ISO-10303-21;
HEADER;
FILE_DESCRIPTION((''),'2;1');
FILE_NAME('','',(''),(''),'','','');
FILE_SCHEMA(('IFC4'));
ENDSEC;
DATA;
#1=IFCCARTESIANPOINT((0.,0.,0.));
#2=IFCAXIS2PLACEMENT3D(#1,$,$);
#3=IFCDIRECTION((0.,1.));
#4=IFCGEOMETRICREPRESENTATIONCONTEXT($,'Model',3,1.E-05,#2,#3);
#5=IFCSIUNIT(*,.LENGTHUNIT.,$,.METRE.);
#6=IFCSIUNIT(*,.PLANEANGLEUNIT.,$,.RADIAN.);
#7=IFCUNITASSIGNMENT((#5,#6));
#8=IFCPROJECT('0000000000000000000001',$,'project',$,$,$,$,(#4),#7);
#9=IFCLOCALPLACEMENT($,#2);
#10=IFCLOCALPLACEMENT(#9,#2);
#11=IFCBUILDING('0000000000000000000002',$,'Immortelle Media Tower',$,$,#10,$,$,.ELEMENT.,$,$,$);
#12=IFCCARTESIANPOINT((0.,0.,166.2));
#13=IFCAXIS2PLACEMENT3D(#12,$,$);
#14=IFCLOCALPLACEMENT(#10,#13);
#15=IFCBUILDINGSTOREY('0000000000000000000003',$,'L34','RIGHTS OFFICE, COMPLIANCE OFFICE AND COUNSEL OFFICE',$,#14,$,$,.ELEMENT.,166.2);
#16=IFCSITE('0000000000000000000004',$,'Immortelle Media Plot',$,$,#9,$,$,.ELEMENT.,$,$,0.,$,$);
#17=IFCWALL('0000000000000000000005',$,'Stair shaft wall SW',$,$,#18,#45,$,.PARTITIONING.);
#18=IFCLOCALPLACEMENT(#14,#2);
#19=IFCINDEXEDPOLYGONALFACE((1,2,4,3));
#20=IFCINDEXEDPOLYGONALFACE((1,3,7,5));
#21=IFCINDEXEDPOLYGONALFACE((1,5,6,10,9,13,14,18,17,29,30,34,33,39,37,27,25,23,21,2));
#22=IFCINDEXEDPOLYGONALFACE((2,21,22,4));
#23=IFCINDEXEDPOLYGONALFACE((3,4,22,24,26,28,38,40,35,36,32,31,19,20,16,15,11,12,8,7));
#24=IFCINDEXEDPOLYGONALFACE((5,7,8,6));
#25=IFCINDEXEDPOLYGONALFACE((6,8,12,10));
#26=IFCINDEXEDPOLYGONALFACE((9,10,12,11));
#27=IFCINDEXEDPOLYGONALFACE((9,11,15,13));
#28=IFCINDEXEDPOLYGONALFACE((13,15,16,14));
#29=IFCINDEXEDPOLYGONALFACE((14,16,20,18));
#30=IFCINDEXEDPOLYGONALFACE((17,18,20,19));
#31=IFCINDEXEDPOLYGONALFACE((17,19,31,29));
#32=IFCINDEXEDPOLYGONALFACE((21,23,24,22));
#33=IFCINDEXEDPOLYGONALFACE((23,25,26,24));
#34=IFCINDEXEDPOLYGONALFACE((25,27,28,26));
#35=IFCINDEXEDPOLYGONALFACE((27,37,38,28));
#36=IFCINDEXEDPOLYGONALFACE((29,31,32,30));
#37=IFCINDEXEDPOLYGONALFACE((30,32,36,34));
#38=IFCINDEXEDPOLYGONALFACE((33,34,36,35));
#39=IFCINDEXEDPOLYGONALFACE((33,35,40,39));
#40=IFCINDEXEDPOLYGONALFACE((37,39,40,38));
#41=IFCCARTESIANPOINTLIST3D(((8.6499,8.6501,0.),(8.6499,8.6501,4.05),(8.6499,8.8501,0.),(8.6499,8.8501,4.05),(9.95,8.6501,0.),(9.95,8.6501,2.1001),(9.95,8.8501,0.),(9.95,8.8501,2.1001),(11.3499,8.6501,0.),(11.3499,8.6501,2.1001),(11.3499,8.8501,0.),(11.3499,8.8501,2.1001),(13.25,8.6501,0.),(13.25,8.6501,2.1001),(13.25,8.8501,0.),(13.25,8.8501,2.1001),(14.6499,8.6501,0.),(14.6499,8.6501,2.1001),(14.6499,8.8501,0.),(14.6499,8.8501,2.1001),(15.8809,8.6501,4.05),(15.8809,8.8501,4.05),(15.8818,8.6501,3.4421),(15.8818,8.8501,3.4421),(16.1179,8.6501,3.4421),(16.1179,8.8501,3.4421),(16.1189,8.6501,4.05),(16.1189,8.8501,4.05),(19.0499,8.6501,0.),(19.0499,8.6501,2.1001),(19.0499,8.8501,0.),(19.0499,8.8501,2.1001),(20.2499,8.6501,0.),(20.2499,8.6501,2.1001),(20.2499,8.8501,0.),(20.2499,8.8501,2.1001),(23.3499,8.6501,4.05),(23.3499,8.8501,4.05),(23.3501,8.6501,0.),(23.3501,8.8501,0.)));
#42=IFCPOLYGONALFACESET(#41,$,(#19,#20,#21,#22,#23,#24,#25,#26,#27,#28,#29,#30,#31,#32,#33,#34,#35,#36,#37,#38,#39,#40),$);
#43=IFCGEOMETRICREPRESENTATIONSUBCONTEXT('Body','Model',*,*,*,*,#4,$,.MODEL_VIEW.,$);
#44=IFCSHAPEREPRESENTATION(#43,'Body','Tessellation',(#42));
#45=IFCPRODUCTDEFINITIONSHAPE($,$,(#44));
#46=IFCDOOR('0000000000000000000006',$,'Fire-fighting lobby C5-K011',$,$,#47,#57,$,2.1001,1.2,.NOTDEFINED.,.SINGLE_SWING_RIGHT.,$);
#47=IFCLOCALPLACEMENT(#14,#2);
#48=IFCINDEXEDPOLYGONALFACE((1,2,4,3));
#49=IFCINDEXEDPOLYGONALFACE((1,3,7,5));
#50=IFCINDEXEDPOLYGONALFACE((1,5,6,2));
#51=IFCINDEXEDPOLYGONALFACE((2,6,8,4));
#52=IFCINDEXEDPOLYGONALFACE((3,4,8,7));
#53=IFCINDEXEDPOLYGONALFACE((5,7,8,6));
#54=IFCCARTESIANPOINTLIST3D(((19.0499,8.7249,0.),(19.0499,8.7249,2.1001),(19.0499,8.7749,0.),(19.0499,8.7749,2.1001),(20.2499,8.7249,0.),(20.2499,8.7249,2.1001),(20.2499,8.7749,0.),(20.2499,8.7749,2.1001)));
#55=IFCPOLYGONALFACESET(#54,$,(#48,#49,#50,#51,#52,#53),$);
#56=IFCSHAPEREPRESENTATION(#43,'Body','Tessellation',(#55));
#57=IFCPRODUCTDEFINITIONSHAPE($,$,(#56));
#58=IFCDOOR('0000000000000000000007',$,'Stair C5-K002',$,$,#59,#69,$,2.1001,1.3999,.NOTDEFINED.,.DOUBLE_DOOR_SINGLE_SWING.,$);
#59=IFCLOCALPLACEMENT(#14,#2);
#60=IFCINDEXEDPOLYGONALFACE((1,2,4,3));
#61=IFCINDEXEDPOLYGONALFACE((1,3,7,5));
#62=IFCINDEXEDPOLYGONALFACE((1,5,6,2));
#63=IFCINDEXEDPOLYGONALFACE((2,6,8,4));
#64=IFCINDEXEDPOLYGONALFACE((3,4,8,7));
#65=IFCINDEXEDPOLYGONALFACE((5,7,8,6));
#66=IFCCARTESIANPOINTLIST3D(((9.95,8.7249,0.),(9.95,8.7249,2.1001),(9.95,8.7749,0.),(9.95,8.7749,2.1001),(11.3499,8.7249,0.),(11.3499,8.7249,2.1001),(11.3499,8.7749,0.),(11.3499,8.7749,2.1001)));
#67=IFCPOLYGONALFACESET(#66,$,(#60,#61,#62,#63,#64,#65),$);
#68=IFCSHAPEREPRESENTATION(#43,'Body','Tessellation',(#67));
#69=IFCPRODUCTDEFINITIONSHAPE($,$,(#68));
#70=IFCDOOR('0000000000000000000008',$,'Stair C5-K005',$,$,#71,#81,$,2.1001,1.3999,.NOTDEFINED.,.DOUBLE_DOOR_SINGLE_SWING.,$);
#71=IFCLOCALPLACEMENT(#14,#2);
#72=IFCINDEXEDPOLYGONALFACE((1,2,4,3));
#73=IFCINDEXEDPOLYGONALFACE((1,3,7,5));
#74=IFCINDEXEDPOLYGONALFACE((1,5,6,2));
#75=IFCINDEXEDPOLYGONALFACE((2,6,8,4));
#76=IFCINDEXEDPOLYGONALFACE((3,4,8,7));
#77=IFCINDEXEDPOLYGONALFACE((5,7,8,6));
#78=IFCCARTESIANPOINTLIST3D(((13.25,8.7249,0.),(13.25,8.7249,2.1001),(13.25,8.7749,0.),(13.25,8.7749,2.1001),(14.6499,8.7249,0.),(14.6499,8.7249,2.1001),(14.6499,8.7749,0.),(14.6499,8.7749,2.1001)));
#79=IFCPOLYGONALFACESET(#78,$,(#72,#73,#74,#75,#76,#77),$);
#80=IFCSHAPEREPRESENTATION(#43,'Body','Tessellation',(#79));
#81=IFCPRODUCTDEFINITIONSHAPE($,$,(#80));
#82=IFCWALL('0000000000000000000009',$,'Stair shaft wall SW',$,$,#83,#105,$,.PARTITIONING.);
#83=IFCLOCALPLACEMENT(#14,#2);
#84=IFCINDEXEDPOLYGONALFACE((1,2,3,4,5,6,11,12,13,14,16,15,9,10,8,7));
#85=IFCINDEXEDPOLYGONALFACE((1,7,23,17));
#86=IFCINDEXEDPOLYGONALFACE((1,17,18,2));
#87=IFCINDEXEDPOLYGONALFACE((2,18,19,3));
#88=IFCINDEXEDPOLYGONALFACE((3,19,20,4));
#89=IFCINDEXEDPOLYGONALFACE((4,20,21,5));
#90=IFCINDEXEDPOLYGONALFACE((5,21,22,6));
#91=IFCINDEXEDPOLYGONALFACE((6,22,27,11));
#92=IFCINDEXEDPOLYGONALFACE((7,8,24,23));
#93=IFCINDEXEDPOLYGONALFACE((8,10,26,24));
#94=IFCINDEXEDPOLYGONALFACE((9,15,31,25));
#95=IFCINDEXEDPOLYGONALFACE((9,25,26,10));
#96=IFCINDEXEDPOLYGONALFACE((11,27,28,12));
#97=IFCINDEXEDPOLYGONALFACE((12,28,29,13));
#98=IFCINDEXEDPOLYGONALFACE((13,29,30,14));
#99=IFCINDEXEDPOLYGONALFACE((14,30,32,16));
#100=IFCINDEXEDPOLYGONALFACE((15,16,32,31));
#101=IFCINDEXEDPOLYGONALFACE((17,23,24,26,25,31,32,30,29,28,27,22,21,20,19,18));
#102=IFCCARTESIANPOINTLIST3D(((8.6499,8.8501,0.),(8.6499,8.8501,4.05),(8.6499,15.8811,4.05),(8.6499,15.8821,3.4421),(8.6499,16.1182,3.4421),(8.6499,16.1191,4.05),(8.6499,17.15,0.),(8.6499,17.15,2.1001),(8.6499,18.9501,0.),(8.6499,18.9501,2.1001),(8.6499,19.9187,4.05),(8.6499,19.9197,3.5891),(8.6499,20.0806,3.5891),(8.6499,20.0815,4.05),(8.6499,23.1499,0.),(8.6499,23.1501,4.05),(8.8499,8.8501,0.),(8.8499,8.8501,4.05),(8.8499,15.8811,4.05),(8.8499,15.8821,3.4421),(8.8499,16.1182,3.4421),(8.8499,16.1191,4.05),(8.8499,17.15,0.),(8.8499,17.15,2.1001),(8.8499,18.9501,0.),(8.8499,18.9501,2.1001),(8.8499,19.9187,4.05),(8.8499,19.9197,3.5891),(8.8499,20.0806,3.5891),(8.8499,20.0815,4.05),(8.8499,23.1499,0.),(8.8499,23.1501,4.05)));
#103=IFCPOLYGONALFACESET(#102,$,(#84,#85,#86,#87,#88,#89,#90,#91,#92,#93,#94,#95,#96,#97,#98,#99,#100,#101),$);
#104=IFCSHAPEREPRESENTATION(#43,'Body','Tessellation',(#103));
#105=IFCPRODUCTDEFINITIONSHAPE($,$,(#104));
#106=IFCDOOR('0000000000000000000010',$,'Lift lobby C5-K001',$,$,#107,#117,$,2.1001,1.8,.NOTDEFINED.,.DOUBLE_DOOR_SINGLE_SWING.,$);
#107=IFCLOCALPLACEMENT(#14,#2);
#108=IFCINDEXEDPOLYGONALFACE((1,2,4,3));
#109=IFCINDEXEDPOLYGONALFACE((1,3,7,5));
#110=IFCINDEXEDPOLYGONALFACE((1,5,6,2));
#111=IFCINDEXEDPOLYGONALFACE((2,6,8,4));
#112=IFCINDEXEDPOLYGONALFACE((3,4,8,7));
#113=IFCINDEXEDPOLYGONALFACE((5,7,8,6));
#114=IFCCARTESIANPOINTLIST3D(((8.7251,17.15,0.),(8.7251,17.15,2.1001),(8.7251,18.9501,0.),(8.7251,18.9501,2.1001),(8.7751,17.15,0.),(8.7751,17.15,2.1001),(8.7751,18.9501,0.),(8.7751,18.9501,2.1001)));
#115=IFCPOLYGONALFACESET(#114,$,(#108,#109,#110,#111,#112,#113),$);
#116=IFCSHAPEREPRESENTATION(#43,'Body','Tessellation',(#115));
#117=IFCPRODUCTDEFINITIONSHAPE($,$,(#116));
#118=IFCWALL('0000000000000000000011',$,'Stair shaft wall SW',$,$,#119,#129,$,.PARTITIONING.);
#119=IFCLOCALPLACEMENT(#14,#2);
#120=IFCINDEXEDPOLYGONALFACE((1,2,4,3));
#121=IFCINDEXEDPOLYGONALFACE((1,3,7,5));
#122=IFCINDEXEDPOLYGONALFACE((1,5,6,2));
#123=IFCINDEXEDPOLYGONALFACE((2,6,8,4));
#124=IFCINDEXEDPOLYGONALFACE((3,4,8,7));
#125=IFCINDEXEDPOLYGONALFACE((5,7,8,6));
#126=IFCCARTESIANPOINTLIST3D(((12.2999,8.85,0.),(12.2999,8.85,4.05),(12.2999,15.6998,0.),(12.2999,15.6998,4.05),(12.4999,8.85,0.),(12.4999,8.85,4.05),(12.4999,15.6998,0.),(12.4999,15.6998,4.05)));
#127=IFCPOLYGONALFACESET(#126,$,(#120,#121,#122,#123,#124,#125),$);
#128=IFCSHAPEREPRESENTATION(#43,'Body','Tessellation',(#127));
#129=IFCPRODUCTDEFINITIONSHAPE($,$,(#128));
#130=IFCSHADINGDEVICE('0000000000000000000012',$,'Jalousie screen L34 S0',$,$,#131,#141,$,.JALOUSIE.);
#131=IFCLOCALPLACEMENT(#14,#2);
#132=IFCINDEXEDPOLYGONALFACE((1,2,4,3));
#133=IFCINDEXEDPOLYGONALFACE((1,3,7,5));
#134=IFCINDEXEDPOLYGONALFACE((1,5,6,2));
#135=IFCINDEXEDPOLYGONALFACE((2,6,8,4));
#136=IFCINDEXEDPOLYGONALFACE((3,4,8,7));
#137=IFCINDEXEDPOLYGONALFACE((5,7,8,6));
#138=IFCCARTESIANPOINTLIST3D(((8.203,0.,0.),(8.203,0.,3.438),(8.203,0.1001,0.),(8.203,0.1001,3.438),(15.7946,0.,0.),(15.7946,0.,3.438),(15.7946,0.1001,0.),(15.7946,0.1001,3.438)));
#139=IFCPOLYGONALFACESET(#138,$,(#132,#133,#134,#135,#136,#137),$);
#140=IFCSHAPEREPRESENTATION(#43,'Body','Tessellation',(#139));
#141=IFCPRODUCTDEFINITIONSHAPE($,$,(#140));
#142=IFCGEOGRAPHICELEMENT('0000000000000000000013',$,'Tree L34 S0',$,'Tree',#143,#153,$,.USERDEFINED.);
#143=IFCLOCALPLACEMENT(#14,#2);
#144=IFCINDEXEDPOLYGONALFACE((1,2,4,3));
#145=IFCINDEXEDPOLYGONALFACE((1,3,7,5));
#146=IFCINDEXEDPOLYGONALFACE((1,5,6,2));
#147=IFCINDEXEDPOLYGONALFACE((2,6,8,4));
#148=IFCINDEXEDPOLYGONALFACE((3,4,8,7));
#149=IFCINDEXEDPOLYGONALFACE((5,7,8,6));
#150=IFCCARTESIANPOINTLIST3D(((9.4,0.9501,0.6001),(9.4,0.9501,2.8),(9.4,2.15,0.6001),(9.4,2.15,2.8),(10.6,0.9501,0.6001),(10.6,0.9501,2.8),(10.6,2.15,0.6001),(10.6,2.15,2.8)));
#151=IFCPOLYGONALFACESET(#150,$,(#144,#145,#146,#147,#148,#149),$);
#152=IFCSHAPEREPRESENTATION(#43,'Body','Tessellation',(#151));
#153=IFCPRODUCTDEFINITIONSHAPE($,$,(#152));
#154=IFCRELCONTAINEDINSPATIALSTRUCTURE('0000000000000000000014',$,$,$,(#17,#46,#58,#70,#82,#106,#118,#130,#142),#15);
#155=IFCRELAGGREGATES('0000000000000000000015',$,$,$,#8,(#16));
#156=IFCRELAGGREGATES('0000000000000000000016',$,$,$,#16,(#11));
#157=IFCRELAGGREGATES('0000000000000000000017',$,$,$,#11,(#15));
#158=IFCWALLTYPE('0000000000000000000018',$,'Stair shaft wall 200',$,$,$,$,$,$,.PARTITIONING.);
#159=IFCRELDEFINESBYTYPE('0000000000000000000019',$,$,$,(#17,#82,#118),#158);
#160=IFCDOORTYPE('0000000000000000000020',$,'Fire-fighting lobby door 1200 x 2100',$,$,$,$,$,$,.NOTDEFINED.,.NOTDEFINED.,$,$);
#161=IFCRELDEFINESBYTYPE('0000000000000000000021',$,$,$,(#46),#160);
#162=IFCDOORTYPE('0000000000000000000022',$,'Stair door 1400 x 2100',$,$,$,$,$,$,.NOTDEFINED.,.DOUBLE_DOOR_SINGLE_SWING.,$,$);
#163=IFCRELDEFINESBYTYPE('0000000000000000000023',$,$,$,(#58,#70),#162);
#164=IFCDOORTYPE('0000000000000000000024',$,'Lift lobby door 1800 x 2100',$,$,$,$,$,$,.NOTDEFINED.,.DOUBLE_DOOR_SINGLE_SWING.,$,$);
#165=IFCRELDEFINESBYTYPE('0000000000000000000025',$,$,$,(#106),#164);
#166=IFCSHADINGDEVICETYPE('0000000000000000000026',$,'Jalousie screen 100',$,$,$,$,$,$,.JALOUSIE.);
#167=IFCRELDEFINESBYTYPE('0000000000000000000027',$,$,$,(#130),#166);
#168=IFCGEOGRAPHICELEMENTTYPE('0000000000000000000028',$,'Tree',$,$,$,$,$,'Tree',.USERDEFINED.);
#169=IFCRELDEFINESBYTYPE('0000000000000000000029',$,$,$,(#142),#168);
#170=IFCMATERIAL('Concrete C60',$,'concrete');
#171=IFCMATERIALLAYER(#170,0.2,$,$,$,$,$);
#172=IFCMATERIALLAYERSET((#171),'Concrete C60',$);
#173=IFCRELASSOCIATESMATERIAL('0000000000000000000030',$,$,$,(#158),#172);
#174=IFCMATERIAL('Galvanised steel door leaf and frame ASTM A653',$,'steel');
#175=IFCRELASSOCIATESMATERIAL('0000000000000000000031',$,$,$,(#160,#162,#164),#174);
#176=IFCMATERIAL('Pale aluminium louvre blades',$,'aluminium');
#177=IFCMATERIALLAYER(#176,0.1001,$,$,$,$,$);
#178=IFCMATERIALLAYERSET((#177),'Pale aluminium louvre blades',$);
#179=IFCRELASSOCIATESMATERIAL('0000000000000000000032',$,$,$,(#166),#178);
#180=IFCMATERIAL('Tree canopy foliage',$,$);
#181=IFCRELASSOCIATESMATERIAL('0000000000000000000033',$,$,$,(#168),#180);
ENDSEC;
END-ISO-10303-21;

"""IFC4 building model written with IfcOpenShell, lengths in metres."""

from ifc_helpers import new_model, si_unit, direction, frame, frame_2d, origin, origin_2d, place, context, subcontext, project, spatial, polyline, rectangle, outline, extrude, material, layer, layer_set, type_object, element, fill, save


model = new_model("IFC4")

# Units and contexts
model_context = context("Model", 3, precision=1e-05, world=origin(), true_north=direction((0.0, 1.0)))
body_context = subcontext(model_context, "Body", "Model", "MODEL_VIEW")
ifc_project = project(units=[si_unit("LENGTHUNIT", "METRE"), si_unit("PLANEANGLEUNIT", "RADIAN")], contexts=[model_context])

# Site, building, storey
site_placement = place(None, origin())
site = spatial("IfcSite", under=ifc_project, at=site_placement, Name="Immortelle Media Plot", CompositionType="ELEMENT", RefElevation=0.0)
building_placement = place(site_placement, origin())
building = spatial("IfcBuilding", under=site, at=building_placement, Name="Immortelle Media Tower", CompositionType="ELEMENT")
storey_placement = place(building_placement, frame((0.0, 0.0, 166.2)))
storey = spatial("IfcBuildingStorey", under=building, at=storey_placement, Name="L34", Description="RIGHTS OFFICE, COMPLIANCE OFFICE AND COUNSEL OFFICE", CompositionType="ELEMENT", Elevation=166.2)

# Wall, openings, doors
ifc_material_1 = material(Name="Concrete C60", Category="concrete")
ifc_layer_1 = layer(ifc_material_1, 0.2)
ifc_layer_set_1 = layer_set([ifc_layer_1], Name="Concrete C60")
wall_type_1 = type_object("IfcWallType", Name="Stair shaft wall 200", PredefinedType="PARTITIONING", material=ifc_layer_set_1)
wall_1_placement = place(storey_placement, frame((8.6499, 8.75, 0.0), z_axis=(0.0, 0.0, 1.0), x_axis=(1.0, 0.0, 0.0)))
wall_1 = element("IfcWall", 1, at=wall_1_placement, inside=storey, type_object=wall_type_1, Name="Stair shaft wall SW", PredefinedType="PARTITIONING", context=body_context, shape_type="SweptSolid", body=[
    extrude(outline(polyline([(0.0, 0.0), (14.7002, 0.0), (14.7, 4.05), (7.469, 4.05), (7.468, 3.4421), (7.2319, 3.4421), (7.231, 4.05), (0.0, 4.05), (0.0, 0.0)])), frame((0.0, 0.1001, 0.0), z_axis=(0.0, -1.0, 0.0), x_axis=(1.0, 0.0, 0.0)), (0.0, 0.0, 1.0), 0.2),
])
opening_1_placement = place(wall_1_placement, frame((1.3, 0.0, 0.0)))
opening_1 = element("IfcOpeningElement", 2, at=opening_1_placement, cuts=wall_1, PredefinedType="OPENING", context=body_context, shape_type="SweptSolid", body=[
    extrude(rectangle(XDim=1.3999, YDim=2.1001, at=frame_2d((0.7, 1.05))), frame((0.0, 0.1099, 0.0), z_axis=(0.0, -1.0, 0.0), x_axis=(1.0, 0.0, 0.0)), (0.0, 0.0, 1.0), 0.22),
])
opening_2_placement = place(wall_1_placement, frame((4.6001, 0.0, 0.0)))
opening_2 = element("IfcOpeningElement", 3, at=opening_2_placement, cuts=wall_1, PredefinedType="OPENING", context=body_context, shape_type="SweptSolid", body=[
    extrude(rectangle(XDim=1.3999, YDim=2.1001, at=frame_2d((0.7, 1.05))), frame((0.0, 0.1099, 0.0), z_axis=(0.0, -1.0, 0.0), x_axis=(1.0, 0.0, 0.0)), (0.0, 0.0, 1.0), 0.22),
])
opening_3_placement = place(wall_1_placement, frame((10.3999, 0.0, 0.0)))
opening_3 = element("IfcOpeningElement", 4, at=opening_3_placement, cuts=wall_1, PredefinedType="OPENING", context=body_context, shape_type="SweptSolid", body=[
    extrude(rectangle(XDim=1.2, YDim=2.1001, at=frame_2d((0.6001, 1.05))), frame((0.0, 0.1099, 0.0), z_axis=(0.0, -1.0, 0.0), x_axis=(1.0, 0.0, 0.0)), (0.0, 0.0, 1.0), 0.22),
])
ifc_material_2 = material(Name="Galvanised steel door leaf and frame ASTM A653", Category="steel")
door_type_1 = type_object("IfcDoorType", Name="Fire-fighting lobby door 1200 x 2100", OperationType="NOTDEFINED", PredefinedType="NOTDEFINED", material=ifc_material_2)
door_1_placement = place(opening_3_placement, origin())
door_1 = element("IfcDoor", 5, at=door_1_placement, inside=storey, type_object=door_type_1, Name="Fire-fighting lobby C5-K011", OperationType="SINGLE_SWING_RIGHT", OverallHeight=2.1001, OverallWidth=1.2, PredefinedType="NOTDEFINED", context=body_context, shape_type="SweptSolid", body=[
    extrude(rectangle(XDim=1.2, YDim=2.1001, at=frame_2d((0.6001, 1.05))), frame((0.0, 0.0249, 0.0), z_axis=(0.0, -1.0, 0.0), x_axis=(1.0, 0.0, 0.0)), (0.0, 0.0, 1.0), 0.05),
])
fill(opening_3, door_1)
door_type_2 = type_object("IfcDoorType", Name="Stair door 1400 x 2100", OperationType="DOUBLE_DOOR_SINGLE_SWING", PredefinedType="NOTDEFINED", material=ifc_material_2)
door_2_placement = place(opening_1_placement, origin())
door_2 = element("IfcDoor", 6, at=door_2_placement, inside=storey, type_object=door_type_2, Name="Stair C5-K002", OperationType="DOUBLE_DOOR_SINGLE_SWING", OverallHeight=2.1001, OverallWidth=1.3999, PredefinedType="NOTDEFINED", context=body_context, shape_type="SweptSolid", body=[
    extrude(rectangle(XDim=1.3999, YDim=2.1001, at=frame_2d((0.7, 1.05))), frame((0.0, 0.0249, 0.0), z_axis=(0.0, -1.0, 0.0), x_axis=(1.0, 0.0, 0.0)), (0.0, 0.0, 1.0), 0.05),
])
fill(opening_1, door_2)
door_3_placement = place(opening_2_placement, origin())
door_3 = element("IfcDoor", 7, at=door_3_placement, inside=storey, type_object=door_type_2, Name="Stair C5-K005", OperationType="DOUBLE_DOOR_SINGLE_SWING", OverallHeight=2.1001, OverallWidth=1.3999, PredefinedType="NOTDEFINED", context=body_context, shape_type="SweptSolid", body=[
    extrude(rectangle(XDim=1.3999, YDim=2.1001, at=frame_2d((0.7, 1.05))), frame((0.0, 0.0249, 0.0), z_axis=(0.0, -1.0, 0.0), x_axis=(1.0, 0.0, 0.0)), (0.0, 0.0, 1.0), 0.05),
])
fill(opening_2, door_3)

# Wall, opening, door
wall_2_placement = place(storey_placement, frame((8.75, 8.8501, 0.0), z_axis=(0.0, 0.0, 1.0), x_axis=(0.0, 1.0, 0.0)))
wall_2 = element("IfcWall", 8, at=wall_2_placement, inside=storey, type_object=wall_type_1, Name="Stair shaft wall SW", PredefinedType="PARTITIONING", context=body_context, shape_type="SweptSolid", body=[
    extrude(outline(polyline([(0.0, 0.0), (14.2998, 0.0), (14.3, 4.05), (11.2314, 4.05), (11.2305, 3.5891), (11.0696, 3.5891), (11.0686, 4.05), (7.269, 4.05), (7.2681, 3.4421), (7.032, 3.4421), (7.031, 4.05), (0.0, 4.05), (0.0, 0.0)])), frame((0.0, 0.1001, 0.0), z_axis=(0.0, -1.0, 0.0), x_axis=(1.0, 0.0, 0.0)), (0.0, 0.0, 1.0), 0.2),
])
opening_4_placement = place(wall_2_placement, frame((8.3, 0.0, 0.0)))
opening_4 = element("IfcOpeningElement", 9, at=opening_4_placement, cuts=wall_2, PredefinedType="OPENING", context=body_context, shape_type="SweptSolid", body=[
    extrude(rectangle(XDim=1.8, YDim=2.1001, at=frame_2d((0.8999, 1.05))), frame((0.0, 0.1099, 0.0), z_axis=(0.0, -1.0, 0.0), x_axis=(1.0, 0.0, 0.0)), (0.0, 0.0, 1.0), 0.22),
])
door_type_3 = type_object("IfcDoorType", Name="Lift lobby door 1800 x 2100", OperationType="DOUBLE_DOOR_SINGLE_SWING", PredefinedType="NOTDEFINED", material=ifc_material_2)
door_4_placement = place(opening_4_placement, origin())
door_4 = element("IfcDoor", 10, at=door_4_placement, inside=storey, type_object=door_type_3, Name="Lift lobby C5-K001", OperationType="DOUBLE_DOOR_SINGLE_SWING", OverallHeight=2.1001, OverallWidth=1.8, PredefinedType="NOTDEFINED", context=body_context, shape_type="SweptSolid", body=[
    extrude(rectangle(XDim=1.8, YDim=2.1001, at=frame_2d((0.8999, 1.05))), frame((0.0, 0.0249, 0.0), z_axis=(0.0, -1.0, 0.0), x_axis=(1.0, 0.0, 0.0)), (0.0, 0.0, 1.0), 0.05),
])
fill(opening_4, door_4)

# Wall
wall_3_placement = place(storey_placement, frame((12.3999, 8.8501, 0.0), z_axis=(0.0, 0.0, 1.0), x_axis=(0.0, 1.0, 0.0)))
element("IfcWall", 11, at=wall_3_placement, inside=storey, type_object=wall_type_1, Name="Stair shaft wall SW", PredefinedType="PARTITIONING", context=body_context, shape_type="SweptSolid", body=[
    extrude(rectangle(XDim=6.8499, YDim=0.2, at=frame_2d((3.4248, 0.0))), origin(), (0.0, 0.0, 1.0), 4.05),
])

# Shading device
ifc_material_3 = material(Name="Pale aluminium louvre blades", Category="aluminium")
ifc_layer_2 = layer(ifc_material_3, 0.1001)
ifc_layer_set_2 = layer_set([ifc_layer_2], Name="Pale aluminium louvre blades")
shading_device_type = type_object("IfcShadingDeviceType", Name="Jalousie screen 100", PredefinedType="JALOUSIE", material=ifc_layer_set_2)
shading_device_placement = place(storey_placement, frame((11.9988, 0.05, 0.0), z_axis=(0.0, 0.0, 1.0), x_axis=(1.0, 0.0, 0.0)))
element("IfcShadingDevice", 12, at=shading_device_placement, inside=storey, type_object=shading_device_type, Name="Jalousie screen L34 S0", PredefinedType="JALOUSIE", context=body_context, shape_type="SweptSolid", body=[
    extrude(rectangle(XDim=7.5916, YDim=0.1001, at=origin_2d()), origin(), (0.0, 0.0, 1.0), 3.438),
])

# Geographic element
ifc_material_4 = material(Name="Tree canopy foliage")
geographic_element_type = type_object("IfcGeographicElementType", Name="Tree", ElementType="Tree", PredefinedType="USERDEFINED", material=ifc_material_4)
geographic_element_placement = place(storey_placement, frame((10.0, 1.55, 0.6001), z_axis=(0.0, 0.0, 1.0), x_axis=(1.0, 0.0, 0.0)))
element("IfcGeographicElement", 13, at=geographic_element_placement, inside=storey, type_object=geographic_element_type, Name="Tree L34 S0", ObjectType="Tree", PredefinedType="USERDEFINED", context=body_context, shape_type="SweptSolid", body=[
    extrude(rectangle(XDim=1.2, YDim=1.2, at=origin_2d()), origin(), (0.0, 0.0, 1.0), 2.2),
])

save(model, "model.ifc")
